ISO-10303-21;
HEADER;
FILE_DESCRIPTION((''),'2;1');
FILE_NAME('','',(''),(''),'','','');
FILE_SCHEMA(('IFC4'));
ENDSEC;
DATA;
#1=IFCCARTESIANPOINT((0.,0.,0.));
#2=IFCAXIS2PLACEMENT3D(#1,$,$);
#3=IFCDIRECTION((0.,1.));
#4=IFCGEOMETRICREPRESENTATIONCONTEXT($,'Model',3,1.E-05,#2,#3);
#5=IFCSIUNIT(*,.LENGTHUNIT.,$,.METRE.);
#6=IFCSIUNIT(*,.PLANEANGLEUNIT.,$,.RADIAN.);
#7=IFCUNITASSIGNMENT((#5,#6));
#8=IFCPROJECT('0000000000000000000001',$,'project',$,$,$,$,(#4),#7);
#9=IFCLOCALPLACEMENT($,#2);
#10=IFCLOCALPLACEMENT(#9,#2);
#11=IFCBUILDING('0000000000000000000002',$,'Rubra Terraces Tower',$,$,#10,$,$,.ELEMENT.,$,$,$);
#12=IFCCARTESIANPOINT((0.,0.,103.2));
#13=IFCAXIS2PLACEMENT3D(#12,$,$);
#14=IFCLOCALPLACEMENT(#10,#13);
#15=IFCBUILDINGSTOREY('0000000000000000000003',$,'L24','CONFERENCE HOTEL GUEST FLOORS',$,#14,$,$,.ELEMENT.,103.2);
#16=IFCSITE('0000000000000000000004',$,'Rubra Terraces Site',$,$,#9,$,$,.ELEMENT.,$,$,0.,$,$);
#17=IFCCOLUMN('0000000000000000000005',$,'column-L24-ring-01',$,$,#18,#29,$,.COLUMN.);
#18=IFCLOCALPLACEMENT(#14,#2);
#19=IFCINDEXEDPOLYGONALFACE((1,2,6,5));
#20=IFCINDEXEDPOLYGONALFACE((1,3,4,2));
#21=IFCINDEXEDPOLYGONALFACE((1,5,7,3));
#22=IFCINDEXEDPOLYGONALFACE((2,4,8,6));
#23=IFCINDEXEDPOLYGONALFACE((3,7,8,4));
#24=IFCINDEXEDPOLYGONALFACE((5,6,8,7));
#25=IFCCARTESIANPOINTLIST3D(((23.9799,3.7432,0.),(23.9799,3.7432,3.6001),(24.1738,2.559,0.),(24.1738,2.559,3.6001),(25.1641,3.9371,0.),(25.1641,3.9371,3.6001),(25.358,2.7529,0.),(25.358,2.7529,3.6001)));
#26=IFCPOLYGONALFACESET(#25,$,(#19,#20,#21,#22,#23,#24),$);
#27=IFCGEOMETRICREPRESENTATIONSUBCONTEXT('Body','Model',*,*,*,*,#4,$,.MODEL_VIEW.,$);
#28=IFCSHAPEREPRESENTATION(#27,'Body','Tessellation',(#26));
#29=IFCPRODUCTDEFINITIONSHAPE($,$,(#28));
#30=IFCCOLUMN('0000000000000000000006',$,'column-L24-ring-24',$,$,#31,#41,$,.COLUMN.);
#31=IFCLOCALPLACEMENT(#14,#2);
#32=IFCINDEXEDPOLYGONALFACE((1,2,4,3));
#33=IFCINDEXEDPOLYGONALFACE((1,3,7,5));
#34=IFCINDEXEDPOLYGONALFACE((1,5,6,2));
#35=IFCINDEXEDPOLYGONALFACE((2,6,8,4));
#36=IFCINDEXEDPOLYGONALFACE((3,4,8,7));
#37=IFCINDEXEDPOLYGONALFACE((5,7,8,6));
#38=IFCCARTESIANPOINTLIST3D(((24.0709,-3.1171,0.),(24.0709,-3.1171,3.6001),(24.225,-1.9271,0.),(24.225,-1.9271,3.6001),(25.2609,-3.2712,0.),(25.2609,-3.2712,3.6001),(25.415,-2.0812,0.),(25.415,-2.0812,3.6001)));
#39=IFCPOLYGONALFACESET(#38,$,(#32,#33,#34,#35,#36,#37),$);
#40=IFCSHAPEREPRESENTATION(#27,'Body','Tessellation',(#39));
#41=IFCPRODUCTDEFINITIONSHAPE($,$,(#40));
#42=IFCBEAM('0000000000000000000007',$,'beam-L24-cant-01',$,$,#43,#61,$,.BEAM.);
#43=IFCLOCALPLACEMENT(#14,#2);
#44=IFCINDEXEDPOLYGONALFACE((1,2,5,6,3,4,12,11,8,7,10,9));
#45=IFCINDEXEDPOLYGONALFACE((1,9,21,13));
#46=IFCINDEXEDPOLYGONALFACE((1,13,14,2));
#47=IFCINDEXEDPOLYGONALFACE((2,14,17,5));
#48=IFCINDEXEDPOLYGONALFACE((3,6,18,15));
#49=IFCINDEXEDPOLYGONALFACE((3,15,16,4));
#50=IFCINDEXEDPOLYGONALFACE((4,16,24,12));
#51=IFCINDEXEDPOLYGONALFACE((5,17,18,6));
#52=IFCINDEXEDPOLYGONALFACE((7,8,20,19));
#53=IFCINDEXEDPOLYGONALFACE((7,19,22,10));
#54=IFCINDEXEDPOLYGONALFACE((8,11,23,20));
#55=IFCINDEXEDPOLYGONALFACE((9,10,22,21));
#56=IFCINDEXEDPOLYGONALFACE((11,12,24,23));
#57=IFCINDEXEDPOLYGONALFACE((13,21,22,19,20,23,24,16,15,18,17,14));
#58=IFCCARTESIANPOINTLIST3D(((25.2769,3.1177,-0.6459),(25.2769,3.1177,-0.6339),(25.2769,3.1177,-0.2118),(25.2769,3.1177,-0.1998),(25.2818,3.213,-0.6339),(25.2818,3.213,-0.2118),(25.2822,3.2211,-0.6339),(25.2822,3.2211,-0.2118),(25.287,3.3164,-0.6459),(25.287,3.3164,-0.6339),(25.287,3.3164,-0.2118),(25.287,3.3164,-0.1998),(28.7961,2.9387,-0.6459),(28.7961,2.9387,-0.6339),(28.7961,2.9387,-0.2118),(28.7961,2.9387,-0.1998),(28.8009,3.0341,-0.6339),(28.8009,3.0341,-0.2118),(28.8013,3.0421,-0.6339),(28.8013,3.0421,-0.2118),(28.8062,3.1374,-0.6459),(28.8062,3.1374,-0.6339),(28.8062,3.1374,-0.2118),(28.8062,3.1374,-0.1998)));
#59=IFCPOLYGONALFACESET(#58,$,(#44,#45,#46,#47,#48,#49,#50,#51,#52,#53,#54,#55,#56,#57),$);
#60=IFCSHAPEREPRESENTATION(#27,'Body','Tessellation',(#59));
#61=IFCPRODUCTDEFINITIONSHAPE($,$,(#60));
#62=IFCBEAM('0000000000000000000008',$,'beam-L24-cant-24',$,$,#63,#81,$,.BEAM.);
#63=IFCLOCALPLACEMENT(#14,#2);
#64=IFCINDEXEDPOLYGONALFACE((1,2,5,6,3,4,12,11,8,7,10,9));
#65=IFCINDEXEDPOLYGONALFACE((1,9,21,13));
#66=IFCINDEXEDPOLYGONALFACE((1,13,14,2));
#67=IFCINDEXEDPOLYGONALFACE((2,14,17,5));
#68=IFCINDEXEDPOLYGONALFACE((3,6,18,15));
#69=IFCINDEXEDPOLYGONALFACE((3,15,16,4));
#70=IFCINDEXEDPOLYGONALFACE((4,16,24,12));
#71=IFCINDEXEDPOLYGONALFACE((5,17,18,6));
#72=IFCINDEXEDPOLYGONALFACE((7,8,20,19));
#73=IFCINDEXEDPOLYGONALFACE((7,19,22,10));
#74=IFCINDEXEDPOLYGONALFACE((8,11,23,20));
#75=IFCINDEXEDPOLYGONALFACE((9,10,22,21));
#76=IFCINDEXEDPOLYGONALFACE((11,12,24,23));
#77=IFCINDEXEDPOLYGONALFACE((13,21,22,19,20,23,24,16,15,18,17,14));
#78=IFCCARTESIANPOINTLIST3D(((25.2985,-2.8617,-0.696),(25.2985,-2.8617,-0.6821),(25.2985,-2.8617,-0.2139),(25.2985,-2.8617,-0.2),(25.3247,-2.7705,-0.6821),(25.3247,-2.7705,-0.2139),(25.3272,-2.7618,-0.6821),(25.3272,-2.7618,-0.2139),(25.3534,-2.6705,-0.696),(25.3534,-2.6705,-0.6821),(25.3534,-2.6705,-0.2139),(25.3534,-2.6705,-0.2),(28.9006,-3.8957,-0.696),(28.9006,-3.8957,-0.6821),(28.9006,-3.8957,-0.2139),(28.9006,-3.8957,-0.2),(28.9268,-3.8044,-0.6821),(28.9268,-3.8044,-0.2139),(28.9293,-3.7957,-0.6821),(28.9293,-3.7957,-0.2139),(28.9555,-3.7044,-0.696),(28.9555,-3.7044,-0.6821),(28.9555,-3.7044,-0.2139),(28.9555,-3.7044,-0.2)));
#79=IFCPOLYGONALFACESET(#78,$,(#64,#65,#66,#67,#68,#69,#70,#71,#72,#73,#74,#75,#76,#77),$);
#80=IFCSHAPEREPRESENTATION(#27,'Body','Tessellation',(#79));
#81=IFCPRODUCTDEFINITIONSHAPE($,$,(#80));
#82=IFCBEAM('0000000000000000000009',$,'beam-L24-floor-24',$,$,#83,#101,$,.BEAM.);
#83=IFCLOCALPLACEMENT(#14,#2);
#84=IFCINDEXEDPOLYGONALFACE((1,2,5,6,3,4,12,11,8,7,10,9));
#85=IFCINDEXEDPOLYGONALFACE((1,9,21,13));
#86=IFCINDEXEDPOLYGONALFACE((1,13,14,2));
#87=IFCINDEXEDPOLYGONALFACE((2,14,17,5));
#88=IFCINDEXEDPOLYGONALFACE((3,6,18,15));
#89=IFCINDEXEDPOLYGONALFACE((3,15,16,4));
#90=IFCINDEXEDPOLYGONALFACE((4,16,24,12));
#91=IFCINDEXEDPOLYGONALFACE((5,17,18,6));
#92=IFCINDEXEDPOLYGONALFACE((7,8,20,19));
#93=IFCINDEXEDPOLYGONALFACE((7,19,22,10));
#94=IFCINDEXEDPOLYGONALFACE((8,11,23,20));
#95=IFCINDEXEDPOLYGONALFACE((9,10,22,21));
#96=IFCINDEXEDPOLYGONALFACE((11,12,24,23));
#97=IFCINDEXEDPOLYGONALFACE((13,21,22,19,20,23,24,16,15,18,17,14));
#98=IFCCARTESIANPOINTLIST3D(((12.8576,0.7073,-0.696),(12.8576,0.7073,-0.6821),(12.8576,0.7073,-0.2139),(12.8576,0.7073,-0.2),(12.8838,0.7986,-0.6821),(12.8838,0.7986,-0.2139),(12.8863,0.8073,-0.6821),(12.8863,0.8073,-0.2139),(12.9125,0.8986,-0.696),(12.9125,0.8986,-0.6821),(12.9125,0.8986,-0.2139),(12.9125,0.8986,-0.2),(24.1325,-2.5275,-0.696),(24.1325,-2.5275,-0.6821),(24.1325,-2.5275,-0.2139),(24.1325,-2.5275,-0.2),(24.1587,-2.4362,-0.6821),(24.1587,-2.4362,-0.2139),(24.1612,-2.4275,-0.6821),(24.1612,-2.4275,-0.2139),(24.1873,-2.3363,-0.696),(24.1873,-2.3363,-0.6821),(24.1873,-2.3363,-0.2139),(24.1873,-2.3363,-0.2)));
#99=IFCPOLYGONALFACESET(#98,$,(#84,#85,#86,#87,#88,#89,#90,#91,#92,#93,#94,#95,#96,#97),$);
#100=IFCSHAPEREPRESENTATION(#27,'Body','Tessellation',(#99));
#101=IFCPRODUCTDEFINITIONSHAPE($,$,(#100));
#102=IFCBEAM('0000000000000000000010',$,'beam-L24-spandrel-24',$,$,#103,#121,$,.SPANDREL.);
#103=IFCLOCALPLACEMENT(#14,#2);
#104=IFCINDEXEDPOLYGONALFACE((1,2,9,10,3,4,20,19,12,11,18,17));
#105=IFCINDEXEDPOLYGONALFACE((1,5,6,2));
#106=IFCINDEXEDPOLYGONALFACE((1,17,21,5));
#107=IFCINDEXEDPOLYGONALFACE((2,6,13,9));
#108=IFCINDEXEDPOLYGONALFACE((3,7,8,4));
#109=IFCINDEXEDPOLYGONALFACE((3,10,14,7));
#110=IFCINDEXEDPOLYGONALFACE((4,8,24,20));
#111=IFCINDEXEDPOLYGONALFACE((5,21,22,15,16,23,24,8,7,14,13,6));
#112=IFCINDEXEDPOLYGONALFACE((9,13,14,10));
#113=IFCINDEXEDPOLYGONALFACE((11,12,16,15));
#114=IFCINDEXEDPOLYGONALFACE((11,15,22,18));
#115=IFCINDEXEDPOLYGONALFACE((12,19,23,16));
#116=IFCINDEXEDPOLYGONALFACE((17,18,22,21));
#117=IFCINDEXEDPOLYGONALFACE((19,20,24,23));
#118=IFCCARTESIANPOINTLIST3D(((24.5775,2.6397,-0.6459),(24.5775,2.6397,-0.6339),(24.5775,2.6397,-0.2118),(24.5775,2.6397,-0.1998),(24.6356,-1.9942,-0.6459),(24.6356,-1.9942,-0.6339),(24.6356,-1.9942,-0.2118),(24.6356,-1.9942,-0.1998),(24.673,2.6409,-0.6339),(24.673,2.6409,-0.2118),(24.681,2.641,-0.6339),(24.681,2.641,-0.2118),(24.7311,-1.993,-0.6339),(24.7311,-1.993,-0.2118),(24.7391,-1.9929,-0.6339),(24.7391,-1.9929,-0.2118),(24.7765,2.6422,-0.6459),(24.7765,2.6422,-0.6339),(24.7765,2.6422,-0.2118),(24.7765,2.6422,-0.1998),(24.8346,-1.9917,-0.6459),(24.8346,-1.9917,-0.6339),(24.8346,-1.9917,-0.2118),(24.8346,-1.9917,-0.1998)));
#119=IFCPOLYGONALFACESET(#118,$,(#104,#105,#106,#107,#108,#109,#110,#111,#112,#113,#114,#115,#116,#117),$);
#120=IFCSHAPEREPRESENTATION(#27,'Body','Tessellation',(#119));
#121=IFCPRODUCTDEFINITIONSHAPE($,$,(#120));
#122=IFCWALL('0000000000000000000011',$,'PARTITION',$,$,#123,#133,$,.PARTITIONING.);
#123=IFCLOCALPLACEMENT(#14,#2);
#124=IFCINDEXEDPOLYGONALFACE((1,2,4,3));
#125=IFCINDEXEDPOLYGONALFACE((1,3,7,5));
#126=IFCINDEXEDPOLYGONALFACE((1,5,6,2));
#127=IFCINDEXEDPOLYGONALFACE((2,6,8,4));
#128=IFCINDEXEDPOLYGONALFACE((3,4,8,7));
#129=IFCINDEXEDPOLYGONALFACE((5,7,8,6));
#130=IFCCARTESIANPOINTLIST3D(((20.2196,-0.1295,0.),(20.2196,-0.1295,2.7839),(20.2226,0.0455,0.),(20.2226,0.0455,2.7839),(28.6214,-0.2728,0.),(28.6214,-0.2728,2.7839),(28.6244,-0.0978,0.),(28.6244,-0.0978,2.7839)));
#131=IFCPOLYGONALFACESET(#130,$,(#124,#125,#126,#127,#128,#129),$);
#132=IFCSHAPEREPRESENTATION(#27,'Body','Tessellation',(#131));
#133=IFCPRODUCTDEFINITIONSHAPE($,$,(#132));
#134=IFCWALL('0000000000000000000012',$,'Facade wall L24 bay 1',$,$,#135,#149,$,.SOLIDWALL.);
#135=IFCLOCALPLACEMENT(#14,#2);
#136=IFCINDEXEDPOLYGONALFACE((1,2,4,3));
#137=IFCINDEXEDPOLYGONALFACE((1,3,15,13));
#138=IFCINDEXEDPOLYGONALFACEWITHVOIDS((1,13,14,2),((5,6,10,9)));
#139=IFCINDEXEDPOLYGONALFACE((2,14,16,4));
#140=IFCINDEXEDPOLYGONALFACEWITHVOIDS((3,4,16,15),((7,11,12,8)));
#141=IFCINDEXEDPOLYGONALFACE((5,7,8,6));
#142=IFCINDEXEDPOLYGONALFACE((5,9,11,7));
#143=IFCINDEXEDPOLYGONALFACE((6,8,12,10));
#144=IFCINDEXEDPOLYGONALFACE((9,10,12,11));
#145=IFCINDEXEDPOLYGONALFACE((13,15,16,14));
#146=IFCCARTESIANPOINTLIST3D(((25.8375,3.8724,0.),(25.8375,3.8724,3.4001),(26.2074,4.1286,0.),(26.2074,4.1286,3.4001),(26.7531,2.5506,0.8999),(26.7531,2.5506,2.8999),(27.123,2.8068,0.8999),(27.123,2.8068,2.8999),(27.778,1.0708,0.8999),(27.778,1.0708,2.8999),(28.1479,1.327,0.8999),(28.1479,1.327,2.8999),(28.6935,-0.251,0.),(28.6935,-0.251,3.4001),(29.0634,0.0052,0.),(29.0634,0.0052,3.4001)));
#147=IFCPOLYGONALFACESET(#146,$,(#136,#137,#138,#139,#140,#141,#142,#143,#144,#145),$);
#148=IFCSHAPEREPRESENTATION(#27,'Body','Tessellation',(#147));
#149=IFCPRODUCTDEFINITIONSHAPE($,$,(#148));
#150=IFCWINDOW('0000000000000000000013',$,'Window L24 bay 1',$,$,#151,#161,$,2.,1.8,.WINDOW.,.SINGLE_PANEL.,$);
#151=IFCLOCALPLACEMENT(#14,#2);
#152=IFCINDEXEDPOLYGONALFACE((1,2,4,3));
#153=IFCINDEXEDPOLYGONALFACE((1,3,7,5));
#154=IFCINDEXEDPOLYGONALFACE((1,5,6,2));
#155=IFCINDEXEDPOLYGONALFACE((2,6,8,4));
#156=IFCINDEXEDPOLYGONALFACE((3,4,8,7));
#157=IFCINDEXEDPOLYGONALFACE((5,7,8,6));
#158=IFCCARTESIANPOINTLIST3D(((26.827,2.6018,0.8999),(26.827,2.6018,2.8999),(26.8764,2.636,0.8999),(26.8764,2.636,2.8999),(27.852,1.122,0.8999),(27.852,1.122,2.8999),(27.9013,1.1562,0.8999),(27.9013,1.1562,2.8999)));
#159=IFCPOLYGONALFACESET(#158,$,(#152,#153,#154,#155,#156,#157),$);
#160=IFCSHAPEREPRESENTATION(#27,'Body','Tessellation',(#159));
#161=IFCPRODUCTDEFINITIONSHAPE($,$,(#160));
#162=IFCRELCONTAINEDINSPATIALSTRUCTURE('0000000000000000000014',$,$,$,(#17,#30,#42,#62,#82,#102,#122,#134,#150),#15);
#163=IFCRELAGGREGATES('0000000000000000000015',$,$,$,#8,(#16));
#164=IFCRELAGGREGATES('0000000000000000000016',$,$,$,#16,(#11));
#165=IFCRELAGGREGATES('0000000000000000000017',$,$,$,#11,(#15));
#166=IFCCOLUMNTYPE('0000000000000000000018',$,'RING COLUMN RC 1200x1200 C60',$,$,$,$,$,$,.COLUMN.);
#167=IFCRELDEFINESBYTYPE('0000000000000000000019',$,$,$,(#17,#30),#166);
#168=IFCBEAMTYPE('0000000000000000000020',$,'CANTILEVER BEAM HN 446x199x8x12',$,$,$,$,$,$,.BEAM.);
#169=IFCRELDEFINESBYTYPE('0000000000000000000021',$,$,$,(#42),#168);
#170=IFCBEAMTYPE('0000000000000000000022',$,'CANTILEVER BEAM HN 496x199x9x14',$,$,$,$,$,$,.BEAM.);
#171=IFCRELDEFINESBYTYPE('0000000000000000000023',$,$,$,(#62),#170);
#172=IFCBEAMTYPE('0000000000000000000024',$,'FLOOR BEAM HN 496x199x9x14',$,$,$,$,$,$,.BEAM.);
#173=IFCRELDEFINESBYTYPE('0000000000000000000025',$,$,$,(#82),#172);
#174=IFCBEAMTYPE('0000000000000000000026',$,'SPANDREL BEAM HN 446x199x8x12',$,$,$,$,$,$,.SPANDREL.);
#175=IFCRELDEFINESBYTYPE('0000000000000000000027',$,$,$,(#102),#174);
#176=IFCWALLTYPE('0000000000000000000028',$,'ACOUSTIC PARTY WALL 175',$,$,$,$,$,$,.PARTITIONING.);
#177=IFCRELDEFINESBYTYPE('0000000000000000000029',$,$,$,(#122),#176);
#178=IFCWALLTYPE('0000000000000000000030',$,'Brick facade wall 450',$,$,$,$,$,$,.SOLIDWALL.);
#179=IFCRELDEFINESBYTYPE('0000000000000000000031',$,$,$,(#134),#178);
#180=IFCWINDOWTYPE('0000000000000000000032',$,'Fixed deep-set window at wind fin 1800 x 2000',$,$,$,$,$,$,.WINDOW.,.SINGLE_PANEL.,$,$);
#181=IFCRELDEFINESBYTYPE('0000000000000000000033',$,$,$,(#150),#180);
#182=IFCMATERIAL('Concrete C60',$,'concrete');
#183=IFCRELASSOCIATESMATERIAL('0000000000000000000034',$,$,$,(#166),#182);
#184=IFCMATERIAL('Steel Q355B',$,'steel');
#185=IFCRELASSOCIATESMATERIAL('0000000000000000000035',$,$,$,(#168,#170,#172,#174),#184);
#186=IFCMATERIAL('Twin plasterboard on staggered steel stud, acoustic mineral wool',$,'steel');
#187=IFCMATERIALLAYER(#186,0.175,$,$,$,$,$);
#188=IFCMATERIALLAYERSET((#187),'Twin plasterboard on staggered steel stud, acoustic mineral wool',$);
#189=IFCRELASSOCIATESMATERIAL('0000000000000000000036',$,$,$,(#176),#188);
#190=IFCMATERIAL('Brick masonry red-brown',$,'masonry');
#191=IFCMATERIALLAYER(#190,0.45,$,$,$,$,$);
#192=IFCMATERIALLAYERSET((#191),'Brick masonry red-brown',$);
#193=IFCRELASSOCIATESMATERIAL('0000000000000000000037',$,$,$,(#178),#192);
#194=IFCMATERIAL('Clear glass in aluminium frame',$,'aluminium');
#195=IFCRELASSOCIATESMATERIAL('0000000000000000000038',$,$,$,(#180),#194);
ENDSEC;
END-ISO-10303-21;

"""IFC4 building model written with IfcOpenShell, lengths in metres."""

from ifc_helpers import new_model, si_unit, direction, frame, frame_2d, origin, origin_2d, place, context, subcontext, project, spatial, rectangle, i_section, extrude, material, layer, layer_set, material_profile, profile_set, type_object, element, fill, save


model = new_model("IFC4")

# Units and contexts
model_context = context("Model", 3, precision=1e-05, world=origin(), true_north=direction((0.0, 1.0)))
body_context = subcontext(model_context, "Body", "Model", "MODEL_VIEW")
ifc_project = project(units=[si_unit("LENGTHUNIT", "METRE"), si_unit("PLANEANGLEUNIT", "RADIAN")], contexts=[model_context])

# Site, building, storey
site_placement = place(None, origin())
site = spatial("IfcSite", under=ifc_project, at=site_placement, Name="Rubra Terraces Site", CompositionType="ELEMENT", RefElevation=0.0)
building_placement = place(site_placement, origin())
building = spatial("IfcBuilding", under=site, at=building_placement, Name="Rubra Terraces Tower", CompositionType="ELEMENT")
storey_placement = place(building_placement, frame((0.0, 0.0, 103.2)))
storey = spatial("IfcBuildingStorey", under=building, at=storey_placement, Name="L24", Description="CONFERENCE HOTEL GUEST FLOORS", CompositionType="ELEMENT", Elevation=103.2)

# Columns
ifc_material_1 = material(Name="Concrete C60", Category="concrete")
ifc_material_profile_1 = material_profile(ifc_material_1, rectangle(XDim=1.2, YDim=1.2, at=origin_2d()), Name="RC 1200x1200")
ifc_profile_set_1 = profile_set([ifc_material_profile_1], Name="Concrete C60")
column_type = type_object("IfcColumnType", Name="RING COLUMN RC 1200x1200 C60", PredefinedType="COLUMN", material=ifc_profile_set_1)
for number, where, z_axis, x_axis, name in (
    (1, (24.6689, 3.248, 0.0), (0.0, 0.0, 1.0), (-0.161559, 0.986863, 0.0), "column-L24-ring-01"),
    (2, (24.7429, -2.5991, 0.0), (0.0, 0.0, 1.0), (0.128444, 0.991717, 0.0), "column-L24-ring-24"),
):
    element("IfcColumn", number, at=place(storey_placement, frame(where, z_axis=z_axis, x_axis=x_axis)), inside=storey, type_object=column_type, Name=name, PredefinedType="COLUMN", context=body_context, shape_type="SweptSolid", body=[
        extrude(rectangle(XDim=1.2, YDim=1.2, at=origin_2d()), origin(), (0.0, 0.0, 1.0), 3.6001),
    ])

# Beams
ifc_material_2 = material(Name="Steel Q355B", Category="steel")
ifc_material_profile_2 = material_profile(ifc_material_2, i_section(OverallWidth=0.199, OverallDepth=0.446, WebThickness=0.0081, FlangeThickness=0.012, at=origin_2d()), Name="HN 446x199x8x12")
ifc_profile_set_2 = profile_set([ifc_material_profile_2], Name="Steel Q355B")
beam_type_1 = type_object("IfcBeamType", Name="CANTILEVER BEAM HN 446x199x8x12", PredefinedType="BEAM", material=ifc_profile_set_2)
beam_1_placement = place(storey_placement, frame((25.282, 3.217, -0.4229), z_axis=(0.998709, -0.050788, 0.0), x_axis=(0.050788, 0.998709, 0.0)))
element("IfcBeam", 3, at=beam_1_placement, inside=storey, type_object=beam_type_1, Name="beam-L24-cant-01", PredefinedType="BEAM", context=body_context, shape_type="SweptSolid", body=[
    extrude(i_section(OverallWidth=0.199, OverallDepth=0.446, WebThickness=0.0081, FlangeThickness=0.012, at=origin_2d()), origin(), (0.0, 0.0, 1.0), 3.5237),
])
ifc_material_profile_3 = material_profile(ifc_material_2, i_section(OverallWidth=0.199, OverallDepth=0.4961, WebThickness=0.009, FlangeThickness=0.0139, at=origin_2d()), Name="HN 496x199x9x14")
ifc_profile_set_3 = profile_set([ifc_material_profile_3], Name="Steel Q355B")
beam_type_2 = type_object("IfcBeamType", Name="CANTILEVER BEAM HN 496x199x9x14", PredefinedType="BEAM", material=ifc_profile_set_3)
beam_2_placement = place(storey_placement, frame((25.3259, -2.7661, -0.448), z_axis=(0.961186, -0.2759, 0.0), x_axis=(0.2759, 0.961186, 0.0)))
element("IfcBeam", 4, at=beam_2_placement, inside=storey, type_object=beam_type_2, Name="beam-L24-cant-24", PredefinedType="BEAM", context=body_context, shape_type="SweptSolid", body=[
    extrude(i_section(OverallWidth=0.199, OverallDepth=0.4961, WebThickness=0.009, FlangeThickness=0.0139, at=origin_2d()), origin(), (0.0, 0.0, 1.0), 3.7476),
])
ifc_material_profile_4 = material_profile(ifc_material_2, i_section(OverallWidth=0.199, OverallDepth=0.4961, WebThickness=0.009, FlangeThickness=0.0139, at=origin_2d()), Name="HN 496x199x9x14")
ifc_profile_set_4 = profile_set([ifc_material_profile_4], Name="Steel Q355B")
beam_type_3 = type_object("IfcBeamType", Name="FLOOR BEAM HN 496x199x9x14", PredefinedType="BEAM", material=ifc_profile_set_4)
beam_3_placement = place(storey_placement, frame((24.1599, -2.4319, -0.448), z_axis=(-0.96122, 0.275782, 0.0), x_axis=(-0.275782, -0.96122, 0.0)))
element("IfcBeam", 5, at=beam_3_placement, inside=storey, type_object=beam_type_3, Name="beam-L24-floor-24", PredefinedType="BEAM", context=body_context, shape_type="SweptSolid", body=[
    extrude(i_section(OverallWidth=0.199, OverallDepth=0.4961, WebThickness=0.009, FlangeThickness=0.0139, at=origin_2d()), origin(), (0.0, 0.0, 1.0), 11.7297),
])
ifc_material_profile_5 = material_profile(ifc_material_2, i_section(OverallWidth=0.199, OverallDepth=0.446, WebThickness=0.0081, FlangeThickness=0.012, at=origin_2d()), Name="HN 446x199x8x12")
ifc_profile_set_5 = profile_set([ifc_material_profile_5], Name="Steel Q355B")
beam_type_4 = type_object("IfcBeamType", Name="SPANDREL BEAM HN 446x199x8x12", PredefinedType="SPANDREL", material=ifc_profile_set_5)
beam_4_placement = place(storey_placement, frame((24.7351, -1.9929, -0.4229), z_axis=(-0.012538, 0.999921, 0.0), x_axis=(-0.999921, -0.012538, 0.0)))
element("IfcBeam", 6, at=beam_4_placement, inside=storey, type_object=beam_type_4, Name="beam-L24-spandrel-24", PredefinedType="SPANDREL", context=body_context, shape_type="SweptSolid", body=[
    extrude(i_section(OverallWidth=0.199, OverallDepth=0.446, WebThickness=0.0081, FlangeThickness=0.012, at=origin_2d()), origin(), (0.0, 0.0, 1.0), 4.6343),
])

# Wall
ifc_material_3 = material(Name="Twin plasterboard on staggered steel stud, acoustic mineral wool", Category="steel")
ifc_layer_1 = layer(ifc_material_3, 0.175)
ifc_layer_set_1 = layer_set([ifc_layer_1], Name="Twin plasterboard on staggered steel stud, acoustic mineral wool")
wall_type_1 = type_object("IfcWallType", Name="ACOUSTIC PARTY WALL 175", PredefinedType="PARTITIONING", material=ifc_layer_set_1)
wall_1_placement = place(storey_placement, frame((28.623, -0.1853, 0.0), z_axis=(0.0, 0.0, 1.0), x_axis=(-0.999855, 0.017055, 0.0)))
element("IfcWall", 7, at=wall_1_placement, inside=storey, type_object=wall_type_1, Name="PARTITION", PredefinedType="PARTITIONING", context=body_context, shape_type="SweptSolid", body=[
    extrude(rectangle(XDim=8.4031, YDim=0.175, at=frame_2d((4.2017, 0.0))), origin(), (0.0, 0.0, 1.0), 2.7839),
])

# Wall, opening, window
ifc_material_4 = material(Name="Brick masonry red-brown", Category="masonry")
ifc_layer_2 = layer(ifc_material_4, 0.45)
ifc_layer_set_2 = layer_set([ifc_layer_2], Name="Brick masonry red-brown")
wall_type_2 = type_object("IfcWallType", Name="Brick facade wall 450", PredefinedType="SOLIDWALL", material=ifc_layer_set_2)
wall_2_placement = place(storey_placement, frame((28.8784, -0.1228, 0.0), z_axis=(0.0, 0.0, 1.0), x_axis=(-0.569395, 0.822064, 0.0)))
wall_2 = element("IfcWall", 8, at=wall_2_placement, inside=storey, type_object=wall_type_2, Name="Facade wall L24 bay 1", PredefinedType="SOLIDWALL", context=body_context, shape_type="SweptSolid", body=[
    extrude(rectangle(XDim=5.0159, YDim=0.45, at=frame_2d((2.5078, 0.0))), origin(), (0.0, 0.0, 1.0), 3.4001),
])
opening_1_placement = place(wall_2_placement, frame((1.6079, 0.0, 0.8999)))
opening_1 = element("IfcOpeningElement", 9, at=opening_1_placement, cuts=wall_2, PredefinedType="OPENING", context=body_context, shape_type="SweptSolid", body=[
    extrude(rectangle(XDim=1.8, YDim=2.0, at=frame_2d((0.8999, 1.0))), frame((0.0, 0.2349, 0.0), z_axis=(0.0, -1.0, 0.0), x_axis=(1.0, 0.0, 0.0)), (0.0, 0.0, 1.0), 0.47),
])
ifc_material_5 = material(Name="Clear glass in aluminium frame", Category="aluminium")
window_type_1 = type_object("IfcWindowType", Name="Fixed deep-set window at wind fin 1800 x 2000", PartitioningType="SINGLE_PANEL", PredefinedType="WINDOW", material=ifc_material_5)
window_1_placement = place(opening_1_placement, origin())
window_1 = element("IfcWindow", 10, at=window_1_placement, inside=storey, type_object=window_type_1, Name="Window L24 bay 1", OverallHeight=2.0, OverallWidth=1.8, PartitioningType="SINGLE_PANEL", PredefinedType="WINDOW", context=body_context, shape_type="SweptSolid", body=[
    extrude(rectangle(XDim=1.8, YDim=2.0, at=frame_2d((0.8999, 1.0))), frame((0.0, 0.135, 0.0), z_axis=(0.0, -1.0, 0.0), x_axis=(1.0, 0.0, 0.0)), (0.0, 0.0, 1.0), 0.0601),
])
fill(opening_1, window_1)

save(model, "model.ifc")
